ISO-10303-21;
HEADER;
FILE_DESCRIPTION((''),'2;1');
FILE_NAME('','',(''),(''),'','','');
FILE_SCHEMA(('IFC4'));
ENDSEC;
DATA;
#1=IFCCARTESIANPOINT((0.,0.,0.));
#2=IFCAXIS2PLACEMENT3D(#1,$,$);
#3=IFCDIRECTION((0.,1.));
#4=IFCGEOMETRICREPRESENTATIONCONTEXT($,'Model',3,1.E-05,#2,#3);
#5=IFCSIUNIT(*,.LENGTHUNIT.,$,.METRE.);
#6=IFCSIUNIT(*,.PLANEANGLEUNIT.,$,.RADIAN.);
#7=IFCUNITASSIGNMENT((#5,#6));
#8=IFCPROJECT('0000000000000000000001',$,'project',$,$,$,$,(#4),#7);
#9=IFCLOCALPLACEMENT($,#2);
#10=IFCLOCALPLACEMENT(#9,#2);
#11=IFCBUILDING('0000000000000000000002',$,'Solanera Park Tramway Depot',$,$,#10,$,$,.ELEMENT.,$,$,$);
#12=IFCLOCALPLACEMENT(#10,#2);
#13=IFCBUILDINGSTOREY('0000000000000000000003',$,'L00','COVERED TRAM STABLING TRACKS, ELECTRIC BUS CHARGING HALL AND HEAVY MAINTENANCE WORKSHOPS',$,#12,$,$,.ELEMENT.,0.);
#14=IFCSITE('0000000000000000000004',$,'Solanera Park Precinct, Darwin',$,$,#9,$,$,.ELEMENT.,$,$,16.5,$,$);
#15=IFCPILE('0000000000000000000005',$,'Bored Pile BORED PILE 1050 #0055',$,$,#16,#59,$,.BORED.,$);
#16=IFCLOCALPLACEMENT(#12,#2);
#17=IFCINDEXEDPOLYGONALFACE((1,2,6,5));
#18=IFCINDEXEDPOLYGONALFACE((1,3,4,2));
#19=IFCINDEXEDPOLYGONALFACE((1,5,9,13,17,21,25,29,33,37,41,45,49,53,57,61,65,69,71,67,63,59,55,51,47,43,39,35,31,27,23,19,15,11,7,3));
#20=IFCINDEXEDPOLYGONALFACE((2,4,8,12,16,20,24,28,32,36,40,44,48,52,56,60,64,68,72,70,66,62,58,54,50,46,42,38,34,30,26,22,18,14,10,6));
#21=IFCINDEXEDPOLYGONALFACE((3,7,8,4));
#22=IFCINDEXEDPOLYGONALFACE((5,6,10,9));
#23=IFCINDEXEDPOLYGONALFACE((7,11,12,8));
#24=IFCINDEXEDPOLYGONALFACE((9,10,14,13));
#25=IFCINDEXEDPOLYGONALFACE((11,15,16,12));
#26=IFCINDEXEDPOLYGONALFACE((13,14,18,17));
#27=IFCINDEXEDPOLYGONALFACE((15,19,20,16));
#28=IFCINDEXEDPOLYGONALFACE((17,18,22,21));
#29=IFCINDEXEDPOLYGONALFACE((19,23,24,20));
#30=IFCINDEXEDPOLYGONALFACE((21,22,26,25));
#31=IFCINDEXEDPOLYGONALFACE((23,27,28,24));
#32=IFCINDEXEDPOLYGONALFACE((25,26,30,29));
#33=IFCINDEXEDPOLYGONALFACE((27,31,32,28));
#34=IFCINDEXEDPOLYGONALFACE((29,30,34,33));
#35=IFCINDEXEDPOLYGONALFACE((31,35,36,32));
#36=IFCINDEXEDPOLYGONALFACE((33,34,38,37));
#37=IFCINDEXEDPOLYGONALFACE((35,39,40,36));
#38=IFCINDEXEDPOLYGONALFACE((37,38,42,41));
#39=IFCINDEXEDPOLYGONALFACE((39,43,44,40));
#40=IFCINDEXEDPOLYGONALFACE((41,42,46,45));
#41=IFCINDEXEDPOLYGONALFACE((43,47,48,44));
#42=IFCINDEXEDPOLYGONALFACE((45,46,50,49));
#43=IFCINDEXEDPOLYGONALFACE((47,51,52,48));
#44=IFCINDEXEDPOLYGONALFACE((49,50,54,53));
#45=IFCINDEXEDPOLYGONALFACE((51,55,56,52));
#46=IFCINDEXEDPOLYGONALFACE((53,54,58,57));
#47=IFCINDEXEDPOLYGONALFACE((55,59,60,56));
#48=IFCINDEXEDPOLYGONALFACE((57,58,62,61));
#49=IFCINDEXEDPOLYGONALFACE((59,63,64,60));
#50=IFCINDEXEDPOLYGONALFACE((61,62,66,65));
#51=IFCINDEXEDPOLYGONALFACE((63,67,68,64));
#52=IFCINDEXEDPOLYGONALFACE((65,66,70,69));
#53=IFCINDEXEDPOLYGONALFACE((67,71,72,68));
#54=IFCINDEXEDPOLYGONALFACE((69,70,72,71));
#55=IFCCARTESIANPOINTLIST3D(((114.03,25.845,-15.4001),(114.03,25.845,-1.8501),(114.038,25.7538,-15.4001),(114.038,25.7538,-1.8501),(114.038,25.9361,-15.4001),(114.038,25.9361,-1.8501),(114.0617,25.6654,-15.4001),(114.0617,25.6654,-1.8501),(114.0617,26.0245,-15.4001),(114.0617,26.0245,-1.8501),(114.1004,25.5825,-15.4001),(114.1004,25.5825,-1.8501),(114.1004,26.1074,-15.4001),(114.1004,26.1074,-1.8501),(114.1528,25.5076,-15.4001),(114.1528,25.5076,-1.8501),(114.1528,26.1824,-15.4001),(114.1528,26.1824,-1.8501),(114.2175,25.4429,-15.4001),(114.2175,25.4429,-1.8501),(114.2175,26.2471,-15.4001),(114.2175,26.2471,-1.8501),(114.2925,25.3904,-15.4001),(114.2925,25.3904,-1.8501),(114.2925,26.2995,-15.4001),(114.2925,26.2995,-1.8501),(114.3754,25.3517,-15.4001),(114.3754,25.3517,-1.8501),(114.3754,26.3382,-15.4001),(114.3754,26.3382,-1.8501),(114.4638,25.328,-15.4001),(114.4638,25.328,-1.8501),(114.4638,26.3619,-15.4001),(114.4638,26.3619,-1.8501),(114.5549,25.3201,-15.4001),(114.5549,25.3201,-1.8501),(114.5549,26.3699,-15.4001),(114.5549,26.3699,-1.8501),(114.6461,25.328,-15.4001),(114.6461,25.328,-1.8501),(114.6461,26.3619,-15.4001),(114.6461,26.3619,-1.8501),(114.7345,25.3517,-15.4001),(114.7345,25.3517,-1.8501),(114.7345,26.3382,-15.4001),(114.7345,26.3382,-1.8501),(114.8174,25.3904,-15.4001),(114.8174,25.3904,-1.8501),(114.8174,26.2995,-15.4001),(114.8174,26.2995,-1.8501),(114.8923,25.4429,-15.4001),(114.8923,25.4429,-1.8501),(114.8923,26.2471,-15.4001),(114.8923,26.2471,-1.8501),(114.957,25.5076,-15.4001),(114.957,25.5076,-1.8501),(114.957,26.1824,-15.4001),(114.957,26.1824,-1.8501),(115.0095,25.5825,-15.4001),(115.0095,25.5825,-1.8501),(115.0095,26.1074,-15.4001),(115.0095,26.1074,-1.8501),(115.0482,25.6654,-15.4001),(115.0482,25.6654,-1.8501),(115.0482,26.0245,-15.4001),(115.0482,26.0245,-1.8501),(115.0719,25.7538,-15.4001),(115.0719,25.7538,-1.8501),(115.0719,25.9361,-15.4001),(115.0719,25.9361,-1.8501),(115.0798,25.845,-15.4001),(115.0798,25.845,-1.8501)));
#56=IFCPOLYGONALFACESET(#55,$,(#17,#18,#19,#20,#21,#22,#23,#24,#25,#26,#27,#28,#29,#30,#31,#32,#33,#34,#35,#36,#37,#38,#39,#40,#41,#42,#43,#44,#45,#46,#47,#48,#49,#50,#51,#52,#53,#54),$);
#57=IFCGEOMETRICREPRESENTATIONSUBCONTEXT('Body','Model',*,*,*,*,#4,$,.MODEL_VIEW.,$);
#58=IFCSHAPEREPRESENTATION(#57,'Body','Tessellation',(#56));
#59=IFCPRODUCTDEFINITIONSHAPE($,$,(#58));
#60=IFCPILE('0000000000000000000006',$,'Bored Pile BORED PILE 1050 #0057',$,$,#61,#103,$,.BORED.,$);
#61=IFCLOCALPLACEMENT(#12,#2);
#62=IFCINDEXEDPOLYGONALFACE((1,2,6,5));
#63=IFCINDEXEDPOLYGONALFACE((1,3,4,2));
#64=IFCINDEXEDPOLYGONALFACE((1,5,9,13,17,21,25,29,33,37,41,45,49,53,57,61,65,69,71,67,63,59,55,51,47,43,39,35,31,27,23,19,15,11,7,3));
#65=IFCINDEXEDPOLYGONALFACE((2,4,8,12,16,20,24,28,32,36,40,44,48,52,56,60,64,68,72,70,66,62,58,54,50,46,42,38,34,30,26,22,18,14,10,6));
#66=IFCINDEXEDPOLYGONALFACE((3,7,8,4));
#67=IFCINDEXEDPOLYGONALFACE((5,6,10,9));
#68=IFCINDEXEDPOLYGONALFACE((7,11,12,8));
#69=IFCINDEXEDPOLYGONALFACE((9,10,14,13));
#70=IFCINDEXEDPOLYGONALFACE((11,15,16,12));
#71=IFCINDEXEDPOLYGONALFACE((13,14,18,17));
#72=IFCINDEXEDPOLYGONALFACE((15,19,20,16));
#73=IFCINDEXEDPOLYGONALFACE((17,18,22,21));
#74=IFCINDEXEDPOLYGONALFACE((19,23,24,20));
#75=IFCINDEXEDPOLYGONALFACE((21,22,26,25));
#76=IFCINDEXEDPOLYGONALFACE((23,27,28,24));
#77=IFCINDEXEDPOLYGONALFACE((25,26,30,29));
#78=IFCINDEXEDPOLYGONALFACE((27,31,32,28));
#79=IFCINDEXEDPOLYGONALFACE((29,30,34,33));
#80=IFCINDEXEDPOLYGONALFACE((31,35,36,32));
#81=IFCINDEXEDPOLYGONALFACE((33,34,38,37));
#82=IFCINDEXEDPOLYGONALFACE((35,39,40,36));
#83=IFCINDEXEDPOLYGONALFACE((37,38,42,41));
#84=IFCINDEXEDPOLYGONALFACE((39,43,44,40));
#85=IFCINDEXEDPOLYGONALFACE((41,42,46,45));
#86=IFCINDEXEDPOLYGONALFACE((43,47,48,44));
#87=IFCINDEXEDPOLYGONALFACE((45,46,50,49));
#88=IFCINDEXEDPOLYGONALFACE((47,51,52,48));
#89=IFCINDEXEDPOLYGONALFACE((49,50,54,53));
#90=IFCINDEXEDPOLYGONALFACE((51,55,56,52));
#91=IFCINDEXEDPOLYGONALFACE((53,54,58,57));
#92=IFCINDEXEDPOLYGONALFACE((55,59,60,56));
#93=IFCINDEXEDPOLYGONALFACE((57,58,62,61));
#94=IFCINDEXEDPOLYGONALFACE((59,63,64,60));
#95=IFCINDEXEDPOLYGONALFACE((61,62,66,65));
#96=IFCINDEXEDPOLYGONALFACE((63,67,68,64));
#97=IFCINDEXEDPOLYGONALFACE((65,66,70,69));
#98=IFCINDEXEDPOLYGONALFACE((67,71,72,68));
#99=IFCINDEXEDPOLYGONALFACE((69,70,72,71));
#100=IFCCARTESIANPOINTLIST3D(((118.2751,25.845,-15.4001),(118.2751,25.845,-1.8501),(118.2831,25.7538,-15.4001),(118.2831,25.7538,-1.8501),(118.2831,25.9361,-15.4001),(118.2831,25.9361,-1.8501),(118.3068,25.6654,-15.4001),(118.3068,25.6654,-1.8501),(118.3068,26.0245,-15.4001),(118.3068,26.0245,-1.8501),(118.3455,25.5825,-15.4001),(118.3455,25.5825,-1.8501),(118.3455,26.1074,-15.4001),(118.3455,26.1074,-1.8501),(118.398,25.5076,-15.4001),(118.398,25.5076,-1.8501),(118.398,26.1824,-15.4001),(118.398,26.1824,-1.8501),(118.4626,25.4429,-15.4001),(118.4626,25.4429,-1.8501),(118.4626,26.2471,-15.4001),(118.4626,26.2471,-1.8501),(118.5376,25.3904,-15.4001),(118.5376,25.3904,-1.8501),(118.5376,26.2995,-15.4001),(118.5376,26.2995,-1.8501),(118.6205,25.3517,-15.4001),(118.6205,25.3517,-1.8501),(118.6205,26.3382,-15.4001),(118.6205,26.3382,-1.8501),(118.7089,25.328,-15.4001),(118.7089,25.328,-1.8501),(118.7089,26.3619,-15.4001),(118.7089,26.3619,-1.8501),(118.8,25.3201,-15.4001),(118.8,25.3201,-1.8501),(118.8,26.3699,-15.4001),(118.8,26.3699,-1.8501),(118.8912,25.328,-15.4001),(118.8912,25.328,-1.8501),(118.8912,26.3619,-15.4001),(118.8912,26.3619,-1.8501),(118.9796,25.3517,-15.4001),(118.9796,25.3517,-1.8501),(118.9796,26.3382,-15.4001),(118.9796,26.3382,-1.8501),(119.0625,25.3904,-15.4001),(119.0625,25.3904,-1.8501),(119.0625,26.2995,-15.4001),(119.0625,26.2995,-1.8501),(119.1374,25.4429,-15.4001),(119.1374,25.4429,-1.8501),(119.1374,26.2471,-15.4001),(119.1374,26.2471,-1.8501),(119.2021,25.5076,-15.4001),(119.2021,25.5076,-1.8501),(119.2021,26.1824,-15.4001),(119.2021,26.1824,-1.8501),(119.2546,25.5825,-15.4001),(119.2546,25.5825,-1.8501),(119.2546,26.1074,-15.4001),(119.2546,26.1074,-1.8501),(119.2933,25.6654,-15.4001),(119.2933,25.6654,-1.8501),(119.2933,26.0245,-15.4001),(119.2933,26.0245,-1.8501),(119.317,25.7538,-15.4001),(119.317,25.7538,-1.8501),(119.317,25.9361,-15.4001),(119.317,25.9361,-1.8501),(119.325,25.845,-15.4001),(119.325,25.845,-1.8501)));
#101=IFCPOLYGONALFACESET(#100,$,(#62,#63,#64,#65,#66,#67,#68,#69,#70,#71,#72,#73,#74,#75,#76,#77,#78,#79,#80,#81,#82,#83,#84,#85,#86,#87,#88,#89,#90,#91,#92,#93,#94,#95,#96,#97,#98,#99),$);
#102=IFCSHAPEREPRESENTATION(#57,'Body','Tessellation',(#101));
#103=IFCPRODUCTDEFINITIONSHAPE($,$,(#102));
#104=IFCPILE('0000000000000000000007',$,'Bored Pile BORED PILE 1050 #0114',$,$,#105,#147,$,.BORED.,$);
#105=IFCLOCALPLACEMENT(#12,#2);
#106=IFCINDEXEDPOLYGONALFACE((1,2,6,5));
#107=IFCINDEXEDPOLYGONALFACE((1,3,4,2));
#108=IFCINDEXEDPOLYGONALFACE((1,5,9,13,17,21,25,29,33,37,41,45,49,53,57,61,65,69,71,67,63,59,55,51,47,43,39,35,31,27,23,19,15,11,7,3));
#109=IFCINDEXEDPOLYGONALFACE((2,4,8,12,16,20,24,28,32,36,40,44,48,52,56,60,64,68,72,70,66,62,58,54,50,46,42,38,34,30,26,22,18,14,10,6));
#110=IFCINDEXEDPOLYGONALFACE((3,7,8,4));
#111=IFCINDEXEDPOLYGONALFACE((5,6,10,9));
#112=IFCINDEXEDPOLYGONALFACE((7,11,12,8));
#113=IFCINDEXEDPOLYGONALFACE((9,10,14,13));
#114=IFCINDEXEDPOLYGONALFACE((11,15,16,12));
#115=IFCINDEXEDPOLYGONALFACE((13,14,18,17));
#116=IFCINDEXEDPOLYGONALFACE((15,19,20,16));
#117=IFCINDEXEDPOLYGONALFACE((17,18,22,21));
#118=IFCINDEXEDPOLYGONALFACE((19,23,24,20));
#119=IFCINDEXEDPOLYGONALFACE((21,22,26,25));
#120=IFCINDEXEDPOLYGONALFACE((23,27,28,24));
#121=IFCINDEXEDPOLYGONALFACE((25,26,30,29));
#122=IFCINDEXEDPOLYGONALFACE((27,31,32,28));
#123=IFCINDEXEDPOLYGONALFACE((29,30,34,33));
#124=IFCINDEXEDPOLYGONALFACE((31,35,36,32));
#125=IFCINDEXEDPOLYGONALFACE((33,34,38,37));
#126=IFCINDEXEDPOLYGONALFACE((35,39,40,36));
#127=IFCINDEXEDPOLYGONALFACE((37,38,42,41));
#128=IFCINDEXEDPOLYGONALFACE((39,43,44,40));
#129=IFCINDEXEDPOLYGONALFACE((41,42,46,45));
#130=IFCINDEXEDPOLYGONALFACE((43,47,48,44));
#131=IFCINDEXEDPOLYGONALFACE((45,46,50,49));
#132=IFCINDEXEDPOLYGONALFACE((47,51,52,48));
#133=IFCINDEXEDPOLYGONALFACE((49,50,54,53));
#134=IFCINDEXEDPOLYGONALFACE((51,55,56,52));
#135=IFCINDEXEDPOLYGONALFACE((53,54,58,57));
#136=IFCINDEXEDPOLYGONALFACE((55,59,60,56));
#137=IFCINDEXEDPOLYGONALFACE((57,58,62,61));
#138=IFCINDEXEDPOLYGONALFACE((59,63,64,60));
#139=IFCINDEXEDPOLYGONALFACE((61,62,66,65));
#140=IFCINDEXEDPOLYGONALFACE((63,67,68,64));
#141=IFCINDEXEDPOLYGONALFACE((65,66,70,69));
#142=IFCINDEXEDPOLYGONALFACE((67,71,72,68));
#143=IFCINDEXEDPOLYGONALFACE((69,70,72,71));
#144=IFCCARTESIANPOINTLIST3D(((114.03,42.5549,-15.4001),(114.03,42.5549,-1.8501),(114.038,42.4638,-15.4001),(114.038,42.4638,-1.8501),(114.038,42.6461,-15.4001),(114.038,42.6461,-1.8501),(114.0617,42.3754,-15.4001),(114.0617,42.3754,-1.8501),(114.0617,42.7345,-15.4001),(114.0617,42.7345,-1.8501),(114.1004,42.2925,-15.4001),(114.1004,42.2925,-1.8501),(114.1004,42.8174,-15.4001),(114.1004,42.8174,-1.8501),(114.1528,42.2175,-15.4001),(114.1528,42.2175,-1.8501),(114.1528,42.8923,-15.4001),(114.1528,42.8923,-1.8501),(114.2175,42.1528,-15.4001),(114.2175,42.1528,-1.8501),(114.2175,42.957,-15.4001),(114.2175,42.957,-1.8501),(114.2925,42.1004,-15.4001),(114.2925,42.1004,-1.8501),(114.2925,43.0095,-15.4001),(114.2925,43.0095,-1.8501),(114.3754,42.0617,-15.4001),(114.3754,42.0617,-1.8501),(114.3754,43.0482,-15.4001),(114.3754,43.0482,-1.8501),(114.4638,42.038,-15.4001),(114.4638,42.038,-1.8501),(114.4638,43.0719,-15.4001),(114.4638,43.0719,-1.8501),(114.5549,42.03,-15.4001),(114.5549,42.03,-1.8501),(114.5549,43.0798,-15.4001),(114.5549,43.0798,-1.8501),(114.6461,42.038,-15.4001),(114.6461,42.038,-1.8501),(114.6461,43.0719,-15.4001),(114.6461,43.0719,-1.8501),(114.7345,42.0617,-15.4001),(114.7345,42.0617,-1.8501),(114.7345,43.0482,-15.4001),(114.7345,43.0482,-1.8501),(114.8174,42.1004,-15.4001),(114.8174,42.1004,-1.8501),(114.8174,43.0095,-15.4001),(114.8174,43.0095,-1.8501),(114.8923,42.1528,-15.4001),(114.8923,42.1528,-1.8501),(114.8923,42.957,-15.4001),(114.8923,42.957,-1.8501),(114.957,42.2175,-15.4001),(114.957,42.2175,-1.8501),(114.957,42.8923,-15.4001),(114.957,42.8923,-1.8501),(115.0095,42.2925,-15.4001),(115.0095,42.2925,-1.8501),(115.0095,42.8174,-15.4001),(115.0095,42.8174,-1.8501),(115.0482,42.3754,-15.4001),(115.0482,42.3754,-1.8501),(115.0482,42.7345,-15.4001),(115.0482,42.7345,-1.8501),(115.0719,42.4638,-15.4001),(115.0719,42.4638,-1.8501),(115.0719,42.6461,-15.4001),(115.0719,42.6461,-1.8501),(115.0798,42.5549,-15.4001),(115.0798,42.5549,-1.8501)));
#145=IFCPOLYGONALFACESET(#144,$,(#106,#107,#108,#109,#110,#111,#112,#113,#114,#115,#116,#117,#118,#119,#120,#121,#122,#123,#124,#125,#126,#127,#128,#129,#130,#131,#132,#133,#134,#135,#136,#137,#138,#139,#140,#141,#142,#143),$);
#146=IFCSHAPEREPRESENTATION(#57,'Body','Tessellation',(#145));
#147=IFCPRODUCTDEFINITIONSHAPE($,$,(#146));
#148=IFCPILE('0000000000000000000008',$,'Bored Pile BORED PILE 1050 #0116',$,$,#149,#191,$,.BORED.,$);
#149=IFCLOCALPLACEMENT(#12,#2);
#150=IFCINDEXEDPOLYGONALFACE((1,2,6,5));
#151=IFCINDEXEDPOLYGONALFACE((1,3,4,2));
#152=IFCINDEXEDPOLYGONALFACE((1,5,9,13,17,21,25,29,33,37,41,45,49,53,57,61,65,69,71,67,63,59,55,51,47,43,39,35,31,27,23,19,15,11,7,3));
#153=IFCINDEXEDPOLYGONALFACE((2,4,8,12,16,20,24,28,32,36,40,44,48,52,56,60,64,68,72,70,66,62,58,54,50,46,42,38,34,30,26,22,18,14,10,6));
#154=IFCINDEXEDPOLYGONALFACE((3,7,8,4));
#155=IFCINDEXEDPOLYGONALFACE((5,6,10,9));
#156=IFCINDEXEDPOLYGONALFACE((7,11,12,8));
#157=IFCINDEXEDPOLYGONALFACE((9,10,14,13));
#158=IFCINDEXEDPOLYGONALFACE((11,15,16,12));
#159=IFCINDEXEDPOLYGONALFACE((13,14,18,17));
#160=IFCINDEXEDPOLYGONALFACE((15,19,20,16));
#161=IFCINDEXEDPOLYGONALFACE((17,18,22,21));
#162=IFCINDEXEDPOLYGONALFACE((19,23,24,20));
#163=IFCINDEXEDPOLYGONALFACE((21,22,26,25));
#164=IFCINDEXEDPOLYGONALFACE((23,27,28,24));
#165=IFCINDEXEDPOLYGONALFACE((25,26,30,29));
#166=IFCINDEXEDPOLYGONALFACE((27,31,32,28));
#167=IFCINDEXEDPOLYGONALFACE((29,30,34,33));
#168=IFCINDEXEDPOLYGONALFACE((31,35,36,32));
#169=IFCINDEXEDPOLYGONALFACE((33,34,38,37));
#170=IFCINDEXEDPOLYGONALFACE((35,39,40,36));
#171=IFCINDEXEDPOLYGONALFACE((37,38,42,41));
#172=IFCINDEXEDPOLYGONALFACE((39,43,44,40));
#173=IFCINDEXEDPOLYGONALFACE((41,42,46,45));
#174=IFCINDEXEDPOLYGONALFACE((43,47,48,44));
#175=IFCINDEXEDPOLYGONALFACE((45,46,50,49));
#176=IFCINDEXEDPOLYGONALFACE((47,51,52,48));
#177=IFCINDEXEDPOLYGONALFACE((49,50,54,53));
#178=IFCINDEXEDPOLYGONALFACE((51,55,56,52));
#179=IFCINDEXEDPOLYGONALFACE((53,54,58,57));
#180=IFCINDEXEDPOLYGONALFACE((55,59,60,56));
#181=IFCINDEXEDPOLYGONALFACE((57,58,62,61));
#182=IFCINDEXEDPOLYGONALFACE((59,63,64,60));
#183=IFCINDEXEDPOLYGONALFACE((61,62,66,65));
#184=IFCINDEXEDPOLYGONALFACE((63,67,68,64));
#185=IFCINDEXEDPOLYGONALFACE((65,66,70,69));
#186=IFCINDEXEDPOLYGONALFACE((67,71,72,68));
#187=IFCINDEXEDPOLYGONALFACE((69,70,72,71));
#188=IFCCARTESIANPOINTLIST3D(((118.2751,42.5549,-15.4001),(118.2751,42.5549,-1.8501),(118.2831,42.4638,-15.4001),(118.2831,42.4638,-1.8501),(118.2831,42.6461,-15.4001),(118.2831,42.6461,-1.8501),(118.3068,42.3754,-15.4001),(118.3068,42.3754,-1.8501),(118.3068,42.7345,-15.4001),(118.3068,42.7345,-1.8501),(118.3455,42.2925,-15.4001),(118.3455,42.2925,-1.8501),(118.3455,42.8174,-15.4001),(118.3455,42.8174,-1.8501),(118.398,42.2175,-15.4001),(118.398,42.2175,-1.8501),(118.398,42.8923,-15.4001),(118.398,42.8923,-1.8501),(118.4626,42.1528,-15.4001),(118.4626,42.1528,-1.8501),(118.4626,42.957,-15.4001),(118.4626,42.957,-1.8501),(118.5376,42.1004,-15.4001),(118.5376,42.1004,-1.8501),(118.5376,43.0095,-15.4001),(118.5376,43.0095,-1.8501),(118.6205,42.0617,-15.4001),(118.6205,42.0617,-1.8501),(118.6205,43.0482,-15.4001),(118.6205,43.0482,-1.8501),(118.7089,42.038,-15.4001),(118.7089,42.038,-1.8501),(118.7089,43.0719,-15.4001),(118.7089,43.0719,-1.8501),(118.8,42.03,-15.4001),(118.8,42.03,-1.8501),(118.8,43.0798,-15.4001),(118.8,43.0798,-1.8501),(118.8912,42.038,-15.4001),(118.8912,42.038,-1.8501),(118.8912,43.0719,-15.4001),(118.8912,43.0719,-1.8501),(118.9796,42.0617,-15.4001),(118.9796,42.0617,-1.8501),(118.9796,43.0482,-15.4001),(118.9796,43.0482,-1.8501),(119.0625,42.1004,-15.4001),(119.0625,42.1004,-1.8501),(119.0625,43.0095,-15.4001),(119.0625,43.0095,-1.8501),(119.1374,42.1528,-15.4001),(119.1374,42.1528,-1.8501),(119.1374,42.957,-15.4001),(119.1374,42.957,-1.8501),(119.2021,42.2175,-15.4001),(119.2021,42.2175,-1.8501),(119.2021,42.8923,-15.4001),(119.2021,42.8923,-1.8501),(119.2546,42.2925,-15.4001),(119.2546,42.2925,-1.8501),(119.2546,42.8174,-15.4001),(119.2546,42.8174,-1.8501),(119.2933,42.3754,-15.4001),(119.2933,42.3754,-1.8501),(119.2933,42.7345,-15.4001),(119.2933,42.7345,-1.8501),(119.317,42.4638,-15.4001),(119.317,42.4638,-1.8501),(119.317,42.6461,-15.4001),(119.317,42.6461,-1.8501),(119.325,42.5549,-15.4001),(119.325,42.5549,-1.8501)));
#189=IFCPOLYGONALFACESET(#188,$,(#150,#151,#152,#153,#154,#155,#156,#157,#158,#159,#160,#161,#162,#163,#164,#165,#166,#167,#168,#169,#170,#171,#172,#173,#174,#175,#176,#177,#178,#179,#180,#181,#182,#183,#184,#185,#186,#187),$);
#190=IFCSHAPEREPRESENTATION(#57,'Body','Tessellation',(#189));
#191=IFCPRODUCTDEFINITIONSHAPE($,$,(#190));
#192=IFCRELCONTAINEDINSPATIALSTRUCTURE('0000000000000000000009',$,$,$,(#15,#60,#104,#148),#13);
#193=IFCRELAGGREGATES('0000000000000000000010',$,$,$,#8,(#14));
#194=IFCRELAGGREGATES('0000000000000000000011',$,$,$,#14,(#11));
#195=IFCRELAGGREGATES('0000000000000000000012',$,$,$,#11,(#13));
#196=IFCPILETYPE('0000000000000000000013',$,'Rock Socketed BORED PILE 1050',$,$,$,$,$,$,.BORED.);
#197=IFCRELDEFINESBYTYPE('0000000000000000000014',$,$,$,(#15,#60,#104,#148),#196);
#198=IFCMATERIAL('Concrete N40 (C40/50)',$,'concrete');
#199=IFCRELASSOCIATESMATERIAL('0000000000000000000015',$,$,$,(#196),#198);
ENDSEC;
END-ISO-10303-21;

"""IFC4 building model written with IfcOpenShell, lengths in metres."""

from ifc_helpers import new_model, si_unit, direction, frame, origin, origin_2d, place, context, subcontext, project, spatial, circle, extrude, material, material_profile, profile_set, type_object, element, save


model = new_model("IFC4")

# Units and contexts
model_context = context("Model", 3, precision=1e-05, world=origin(), true_north=direction((0.0, 1.0)))
body_context = subcontext(model_context, "Body", "Model", "MODEL_VIEW")
ifc_project = project(units=[si_unit("LENGTHUNIT", "METRE"), si_unit("PLANEANGLEUNIT", "RADIAN")], contexts=[model_context])

# Site, building, storey
site_placement = place(None, origin())
site = spatial("IfcSite", under=ifc_project, at=site_placement, Name="Solanera Park Precinct, Darwin", CompositionType="ELEMENT", RefElevation=16.5)
building_placement = place(site_placement, origin())
building = spatial("IfcBuilding", under=site, at=building_placement, Name="Solanera Park Tramway Depot", CompositionType="ELEMENT")
storey_placement = place(building_placement, origin())
storey = spatial("IfcBuildingStorey", under=building, at=storey_placement, Name="L00", Description="COVERED TRAM STABLING TRACKS, ELECTRIC BUS CHARGING HALL AND HEAVY MAINTENANCE WORKSHOPS", CompositionType="ELEMENT", Elevation=0.0)

# Piles
ifc_material_1 = material(Name="Concrete N40 (C40/50)", Category="concrete")
ifc_material_profile_1 = material_profile(ifc_material_1, circle(Radius=0.5249, at=origin_2d()), Name="BORED PILE 1050")
ifc_profile_set_1 = profile_set([ifc_material_profile_1], Name="Concrete N40 (C40/50)")
pile_type_1 = type_object("IfcPileType", Name="Rock Socketed BORED PILE 1050", PredefinedType="BORED", material=ifc_profile_set_1)
for number, where, z_axis, x_axis, name in (
    (1, (114.5549, 25.845, -1.8501), (0.0, 0.0, -1.0), (1.0, 0.0, 0.0), "Bored Pile BORED PILE 1050 #0055"),
    (2, (118.8, 25.845, -1.8501), (0.0, 0.0, -1.0), (1.0, 0.0, 0.0), "Bored Pile BORED PILE 1050 #0057"),
    (3, (114.5549, 42.5549, -1.8501), (0.0, 0.0, -1.0), (1.0, 0.0, 0.0), "Bored Pile BORED PILE 1050 #0114"),
    (4, (118.8, 42.5549, -1.8501), (0.0, 0.0, -1.0), (1.0, 0.0, 0.0), "Bored Pile BORED PILE 1050 #0116"),
):
    element("IfcPile", number, at=place(storey_placement, frame(where, z_axis=z_axis, x_axis=x_axis)), inside=storey, type_object=pile_type_1, Name=name, PredefinedType="BORED", context=body_context, shape_type="SweptSolid", body=[
        extrude(circle(Radius=0.5249, at=origin_2d()), origin(), (0.0, 0.0, 1.0), 13.55),
    ])

save(model, "model.ifc")
